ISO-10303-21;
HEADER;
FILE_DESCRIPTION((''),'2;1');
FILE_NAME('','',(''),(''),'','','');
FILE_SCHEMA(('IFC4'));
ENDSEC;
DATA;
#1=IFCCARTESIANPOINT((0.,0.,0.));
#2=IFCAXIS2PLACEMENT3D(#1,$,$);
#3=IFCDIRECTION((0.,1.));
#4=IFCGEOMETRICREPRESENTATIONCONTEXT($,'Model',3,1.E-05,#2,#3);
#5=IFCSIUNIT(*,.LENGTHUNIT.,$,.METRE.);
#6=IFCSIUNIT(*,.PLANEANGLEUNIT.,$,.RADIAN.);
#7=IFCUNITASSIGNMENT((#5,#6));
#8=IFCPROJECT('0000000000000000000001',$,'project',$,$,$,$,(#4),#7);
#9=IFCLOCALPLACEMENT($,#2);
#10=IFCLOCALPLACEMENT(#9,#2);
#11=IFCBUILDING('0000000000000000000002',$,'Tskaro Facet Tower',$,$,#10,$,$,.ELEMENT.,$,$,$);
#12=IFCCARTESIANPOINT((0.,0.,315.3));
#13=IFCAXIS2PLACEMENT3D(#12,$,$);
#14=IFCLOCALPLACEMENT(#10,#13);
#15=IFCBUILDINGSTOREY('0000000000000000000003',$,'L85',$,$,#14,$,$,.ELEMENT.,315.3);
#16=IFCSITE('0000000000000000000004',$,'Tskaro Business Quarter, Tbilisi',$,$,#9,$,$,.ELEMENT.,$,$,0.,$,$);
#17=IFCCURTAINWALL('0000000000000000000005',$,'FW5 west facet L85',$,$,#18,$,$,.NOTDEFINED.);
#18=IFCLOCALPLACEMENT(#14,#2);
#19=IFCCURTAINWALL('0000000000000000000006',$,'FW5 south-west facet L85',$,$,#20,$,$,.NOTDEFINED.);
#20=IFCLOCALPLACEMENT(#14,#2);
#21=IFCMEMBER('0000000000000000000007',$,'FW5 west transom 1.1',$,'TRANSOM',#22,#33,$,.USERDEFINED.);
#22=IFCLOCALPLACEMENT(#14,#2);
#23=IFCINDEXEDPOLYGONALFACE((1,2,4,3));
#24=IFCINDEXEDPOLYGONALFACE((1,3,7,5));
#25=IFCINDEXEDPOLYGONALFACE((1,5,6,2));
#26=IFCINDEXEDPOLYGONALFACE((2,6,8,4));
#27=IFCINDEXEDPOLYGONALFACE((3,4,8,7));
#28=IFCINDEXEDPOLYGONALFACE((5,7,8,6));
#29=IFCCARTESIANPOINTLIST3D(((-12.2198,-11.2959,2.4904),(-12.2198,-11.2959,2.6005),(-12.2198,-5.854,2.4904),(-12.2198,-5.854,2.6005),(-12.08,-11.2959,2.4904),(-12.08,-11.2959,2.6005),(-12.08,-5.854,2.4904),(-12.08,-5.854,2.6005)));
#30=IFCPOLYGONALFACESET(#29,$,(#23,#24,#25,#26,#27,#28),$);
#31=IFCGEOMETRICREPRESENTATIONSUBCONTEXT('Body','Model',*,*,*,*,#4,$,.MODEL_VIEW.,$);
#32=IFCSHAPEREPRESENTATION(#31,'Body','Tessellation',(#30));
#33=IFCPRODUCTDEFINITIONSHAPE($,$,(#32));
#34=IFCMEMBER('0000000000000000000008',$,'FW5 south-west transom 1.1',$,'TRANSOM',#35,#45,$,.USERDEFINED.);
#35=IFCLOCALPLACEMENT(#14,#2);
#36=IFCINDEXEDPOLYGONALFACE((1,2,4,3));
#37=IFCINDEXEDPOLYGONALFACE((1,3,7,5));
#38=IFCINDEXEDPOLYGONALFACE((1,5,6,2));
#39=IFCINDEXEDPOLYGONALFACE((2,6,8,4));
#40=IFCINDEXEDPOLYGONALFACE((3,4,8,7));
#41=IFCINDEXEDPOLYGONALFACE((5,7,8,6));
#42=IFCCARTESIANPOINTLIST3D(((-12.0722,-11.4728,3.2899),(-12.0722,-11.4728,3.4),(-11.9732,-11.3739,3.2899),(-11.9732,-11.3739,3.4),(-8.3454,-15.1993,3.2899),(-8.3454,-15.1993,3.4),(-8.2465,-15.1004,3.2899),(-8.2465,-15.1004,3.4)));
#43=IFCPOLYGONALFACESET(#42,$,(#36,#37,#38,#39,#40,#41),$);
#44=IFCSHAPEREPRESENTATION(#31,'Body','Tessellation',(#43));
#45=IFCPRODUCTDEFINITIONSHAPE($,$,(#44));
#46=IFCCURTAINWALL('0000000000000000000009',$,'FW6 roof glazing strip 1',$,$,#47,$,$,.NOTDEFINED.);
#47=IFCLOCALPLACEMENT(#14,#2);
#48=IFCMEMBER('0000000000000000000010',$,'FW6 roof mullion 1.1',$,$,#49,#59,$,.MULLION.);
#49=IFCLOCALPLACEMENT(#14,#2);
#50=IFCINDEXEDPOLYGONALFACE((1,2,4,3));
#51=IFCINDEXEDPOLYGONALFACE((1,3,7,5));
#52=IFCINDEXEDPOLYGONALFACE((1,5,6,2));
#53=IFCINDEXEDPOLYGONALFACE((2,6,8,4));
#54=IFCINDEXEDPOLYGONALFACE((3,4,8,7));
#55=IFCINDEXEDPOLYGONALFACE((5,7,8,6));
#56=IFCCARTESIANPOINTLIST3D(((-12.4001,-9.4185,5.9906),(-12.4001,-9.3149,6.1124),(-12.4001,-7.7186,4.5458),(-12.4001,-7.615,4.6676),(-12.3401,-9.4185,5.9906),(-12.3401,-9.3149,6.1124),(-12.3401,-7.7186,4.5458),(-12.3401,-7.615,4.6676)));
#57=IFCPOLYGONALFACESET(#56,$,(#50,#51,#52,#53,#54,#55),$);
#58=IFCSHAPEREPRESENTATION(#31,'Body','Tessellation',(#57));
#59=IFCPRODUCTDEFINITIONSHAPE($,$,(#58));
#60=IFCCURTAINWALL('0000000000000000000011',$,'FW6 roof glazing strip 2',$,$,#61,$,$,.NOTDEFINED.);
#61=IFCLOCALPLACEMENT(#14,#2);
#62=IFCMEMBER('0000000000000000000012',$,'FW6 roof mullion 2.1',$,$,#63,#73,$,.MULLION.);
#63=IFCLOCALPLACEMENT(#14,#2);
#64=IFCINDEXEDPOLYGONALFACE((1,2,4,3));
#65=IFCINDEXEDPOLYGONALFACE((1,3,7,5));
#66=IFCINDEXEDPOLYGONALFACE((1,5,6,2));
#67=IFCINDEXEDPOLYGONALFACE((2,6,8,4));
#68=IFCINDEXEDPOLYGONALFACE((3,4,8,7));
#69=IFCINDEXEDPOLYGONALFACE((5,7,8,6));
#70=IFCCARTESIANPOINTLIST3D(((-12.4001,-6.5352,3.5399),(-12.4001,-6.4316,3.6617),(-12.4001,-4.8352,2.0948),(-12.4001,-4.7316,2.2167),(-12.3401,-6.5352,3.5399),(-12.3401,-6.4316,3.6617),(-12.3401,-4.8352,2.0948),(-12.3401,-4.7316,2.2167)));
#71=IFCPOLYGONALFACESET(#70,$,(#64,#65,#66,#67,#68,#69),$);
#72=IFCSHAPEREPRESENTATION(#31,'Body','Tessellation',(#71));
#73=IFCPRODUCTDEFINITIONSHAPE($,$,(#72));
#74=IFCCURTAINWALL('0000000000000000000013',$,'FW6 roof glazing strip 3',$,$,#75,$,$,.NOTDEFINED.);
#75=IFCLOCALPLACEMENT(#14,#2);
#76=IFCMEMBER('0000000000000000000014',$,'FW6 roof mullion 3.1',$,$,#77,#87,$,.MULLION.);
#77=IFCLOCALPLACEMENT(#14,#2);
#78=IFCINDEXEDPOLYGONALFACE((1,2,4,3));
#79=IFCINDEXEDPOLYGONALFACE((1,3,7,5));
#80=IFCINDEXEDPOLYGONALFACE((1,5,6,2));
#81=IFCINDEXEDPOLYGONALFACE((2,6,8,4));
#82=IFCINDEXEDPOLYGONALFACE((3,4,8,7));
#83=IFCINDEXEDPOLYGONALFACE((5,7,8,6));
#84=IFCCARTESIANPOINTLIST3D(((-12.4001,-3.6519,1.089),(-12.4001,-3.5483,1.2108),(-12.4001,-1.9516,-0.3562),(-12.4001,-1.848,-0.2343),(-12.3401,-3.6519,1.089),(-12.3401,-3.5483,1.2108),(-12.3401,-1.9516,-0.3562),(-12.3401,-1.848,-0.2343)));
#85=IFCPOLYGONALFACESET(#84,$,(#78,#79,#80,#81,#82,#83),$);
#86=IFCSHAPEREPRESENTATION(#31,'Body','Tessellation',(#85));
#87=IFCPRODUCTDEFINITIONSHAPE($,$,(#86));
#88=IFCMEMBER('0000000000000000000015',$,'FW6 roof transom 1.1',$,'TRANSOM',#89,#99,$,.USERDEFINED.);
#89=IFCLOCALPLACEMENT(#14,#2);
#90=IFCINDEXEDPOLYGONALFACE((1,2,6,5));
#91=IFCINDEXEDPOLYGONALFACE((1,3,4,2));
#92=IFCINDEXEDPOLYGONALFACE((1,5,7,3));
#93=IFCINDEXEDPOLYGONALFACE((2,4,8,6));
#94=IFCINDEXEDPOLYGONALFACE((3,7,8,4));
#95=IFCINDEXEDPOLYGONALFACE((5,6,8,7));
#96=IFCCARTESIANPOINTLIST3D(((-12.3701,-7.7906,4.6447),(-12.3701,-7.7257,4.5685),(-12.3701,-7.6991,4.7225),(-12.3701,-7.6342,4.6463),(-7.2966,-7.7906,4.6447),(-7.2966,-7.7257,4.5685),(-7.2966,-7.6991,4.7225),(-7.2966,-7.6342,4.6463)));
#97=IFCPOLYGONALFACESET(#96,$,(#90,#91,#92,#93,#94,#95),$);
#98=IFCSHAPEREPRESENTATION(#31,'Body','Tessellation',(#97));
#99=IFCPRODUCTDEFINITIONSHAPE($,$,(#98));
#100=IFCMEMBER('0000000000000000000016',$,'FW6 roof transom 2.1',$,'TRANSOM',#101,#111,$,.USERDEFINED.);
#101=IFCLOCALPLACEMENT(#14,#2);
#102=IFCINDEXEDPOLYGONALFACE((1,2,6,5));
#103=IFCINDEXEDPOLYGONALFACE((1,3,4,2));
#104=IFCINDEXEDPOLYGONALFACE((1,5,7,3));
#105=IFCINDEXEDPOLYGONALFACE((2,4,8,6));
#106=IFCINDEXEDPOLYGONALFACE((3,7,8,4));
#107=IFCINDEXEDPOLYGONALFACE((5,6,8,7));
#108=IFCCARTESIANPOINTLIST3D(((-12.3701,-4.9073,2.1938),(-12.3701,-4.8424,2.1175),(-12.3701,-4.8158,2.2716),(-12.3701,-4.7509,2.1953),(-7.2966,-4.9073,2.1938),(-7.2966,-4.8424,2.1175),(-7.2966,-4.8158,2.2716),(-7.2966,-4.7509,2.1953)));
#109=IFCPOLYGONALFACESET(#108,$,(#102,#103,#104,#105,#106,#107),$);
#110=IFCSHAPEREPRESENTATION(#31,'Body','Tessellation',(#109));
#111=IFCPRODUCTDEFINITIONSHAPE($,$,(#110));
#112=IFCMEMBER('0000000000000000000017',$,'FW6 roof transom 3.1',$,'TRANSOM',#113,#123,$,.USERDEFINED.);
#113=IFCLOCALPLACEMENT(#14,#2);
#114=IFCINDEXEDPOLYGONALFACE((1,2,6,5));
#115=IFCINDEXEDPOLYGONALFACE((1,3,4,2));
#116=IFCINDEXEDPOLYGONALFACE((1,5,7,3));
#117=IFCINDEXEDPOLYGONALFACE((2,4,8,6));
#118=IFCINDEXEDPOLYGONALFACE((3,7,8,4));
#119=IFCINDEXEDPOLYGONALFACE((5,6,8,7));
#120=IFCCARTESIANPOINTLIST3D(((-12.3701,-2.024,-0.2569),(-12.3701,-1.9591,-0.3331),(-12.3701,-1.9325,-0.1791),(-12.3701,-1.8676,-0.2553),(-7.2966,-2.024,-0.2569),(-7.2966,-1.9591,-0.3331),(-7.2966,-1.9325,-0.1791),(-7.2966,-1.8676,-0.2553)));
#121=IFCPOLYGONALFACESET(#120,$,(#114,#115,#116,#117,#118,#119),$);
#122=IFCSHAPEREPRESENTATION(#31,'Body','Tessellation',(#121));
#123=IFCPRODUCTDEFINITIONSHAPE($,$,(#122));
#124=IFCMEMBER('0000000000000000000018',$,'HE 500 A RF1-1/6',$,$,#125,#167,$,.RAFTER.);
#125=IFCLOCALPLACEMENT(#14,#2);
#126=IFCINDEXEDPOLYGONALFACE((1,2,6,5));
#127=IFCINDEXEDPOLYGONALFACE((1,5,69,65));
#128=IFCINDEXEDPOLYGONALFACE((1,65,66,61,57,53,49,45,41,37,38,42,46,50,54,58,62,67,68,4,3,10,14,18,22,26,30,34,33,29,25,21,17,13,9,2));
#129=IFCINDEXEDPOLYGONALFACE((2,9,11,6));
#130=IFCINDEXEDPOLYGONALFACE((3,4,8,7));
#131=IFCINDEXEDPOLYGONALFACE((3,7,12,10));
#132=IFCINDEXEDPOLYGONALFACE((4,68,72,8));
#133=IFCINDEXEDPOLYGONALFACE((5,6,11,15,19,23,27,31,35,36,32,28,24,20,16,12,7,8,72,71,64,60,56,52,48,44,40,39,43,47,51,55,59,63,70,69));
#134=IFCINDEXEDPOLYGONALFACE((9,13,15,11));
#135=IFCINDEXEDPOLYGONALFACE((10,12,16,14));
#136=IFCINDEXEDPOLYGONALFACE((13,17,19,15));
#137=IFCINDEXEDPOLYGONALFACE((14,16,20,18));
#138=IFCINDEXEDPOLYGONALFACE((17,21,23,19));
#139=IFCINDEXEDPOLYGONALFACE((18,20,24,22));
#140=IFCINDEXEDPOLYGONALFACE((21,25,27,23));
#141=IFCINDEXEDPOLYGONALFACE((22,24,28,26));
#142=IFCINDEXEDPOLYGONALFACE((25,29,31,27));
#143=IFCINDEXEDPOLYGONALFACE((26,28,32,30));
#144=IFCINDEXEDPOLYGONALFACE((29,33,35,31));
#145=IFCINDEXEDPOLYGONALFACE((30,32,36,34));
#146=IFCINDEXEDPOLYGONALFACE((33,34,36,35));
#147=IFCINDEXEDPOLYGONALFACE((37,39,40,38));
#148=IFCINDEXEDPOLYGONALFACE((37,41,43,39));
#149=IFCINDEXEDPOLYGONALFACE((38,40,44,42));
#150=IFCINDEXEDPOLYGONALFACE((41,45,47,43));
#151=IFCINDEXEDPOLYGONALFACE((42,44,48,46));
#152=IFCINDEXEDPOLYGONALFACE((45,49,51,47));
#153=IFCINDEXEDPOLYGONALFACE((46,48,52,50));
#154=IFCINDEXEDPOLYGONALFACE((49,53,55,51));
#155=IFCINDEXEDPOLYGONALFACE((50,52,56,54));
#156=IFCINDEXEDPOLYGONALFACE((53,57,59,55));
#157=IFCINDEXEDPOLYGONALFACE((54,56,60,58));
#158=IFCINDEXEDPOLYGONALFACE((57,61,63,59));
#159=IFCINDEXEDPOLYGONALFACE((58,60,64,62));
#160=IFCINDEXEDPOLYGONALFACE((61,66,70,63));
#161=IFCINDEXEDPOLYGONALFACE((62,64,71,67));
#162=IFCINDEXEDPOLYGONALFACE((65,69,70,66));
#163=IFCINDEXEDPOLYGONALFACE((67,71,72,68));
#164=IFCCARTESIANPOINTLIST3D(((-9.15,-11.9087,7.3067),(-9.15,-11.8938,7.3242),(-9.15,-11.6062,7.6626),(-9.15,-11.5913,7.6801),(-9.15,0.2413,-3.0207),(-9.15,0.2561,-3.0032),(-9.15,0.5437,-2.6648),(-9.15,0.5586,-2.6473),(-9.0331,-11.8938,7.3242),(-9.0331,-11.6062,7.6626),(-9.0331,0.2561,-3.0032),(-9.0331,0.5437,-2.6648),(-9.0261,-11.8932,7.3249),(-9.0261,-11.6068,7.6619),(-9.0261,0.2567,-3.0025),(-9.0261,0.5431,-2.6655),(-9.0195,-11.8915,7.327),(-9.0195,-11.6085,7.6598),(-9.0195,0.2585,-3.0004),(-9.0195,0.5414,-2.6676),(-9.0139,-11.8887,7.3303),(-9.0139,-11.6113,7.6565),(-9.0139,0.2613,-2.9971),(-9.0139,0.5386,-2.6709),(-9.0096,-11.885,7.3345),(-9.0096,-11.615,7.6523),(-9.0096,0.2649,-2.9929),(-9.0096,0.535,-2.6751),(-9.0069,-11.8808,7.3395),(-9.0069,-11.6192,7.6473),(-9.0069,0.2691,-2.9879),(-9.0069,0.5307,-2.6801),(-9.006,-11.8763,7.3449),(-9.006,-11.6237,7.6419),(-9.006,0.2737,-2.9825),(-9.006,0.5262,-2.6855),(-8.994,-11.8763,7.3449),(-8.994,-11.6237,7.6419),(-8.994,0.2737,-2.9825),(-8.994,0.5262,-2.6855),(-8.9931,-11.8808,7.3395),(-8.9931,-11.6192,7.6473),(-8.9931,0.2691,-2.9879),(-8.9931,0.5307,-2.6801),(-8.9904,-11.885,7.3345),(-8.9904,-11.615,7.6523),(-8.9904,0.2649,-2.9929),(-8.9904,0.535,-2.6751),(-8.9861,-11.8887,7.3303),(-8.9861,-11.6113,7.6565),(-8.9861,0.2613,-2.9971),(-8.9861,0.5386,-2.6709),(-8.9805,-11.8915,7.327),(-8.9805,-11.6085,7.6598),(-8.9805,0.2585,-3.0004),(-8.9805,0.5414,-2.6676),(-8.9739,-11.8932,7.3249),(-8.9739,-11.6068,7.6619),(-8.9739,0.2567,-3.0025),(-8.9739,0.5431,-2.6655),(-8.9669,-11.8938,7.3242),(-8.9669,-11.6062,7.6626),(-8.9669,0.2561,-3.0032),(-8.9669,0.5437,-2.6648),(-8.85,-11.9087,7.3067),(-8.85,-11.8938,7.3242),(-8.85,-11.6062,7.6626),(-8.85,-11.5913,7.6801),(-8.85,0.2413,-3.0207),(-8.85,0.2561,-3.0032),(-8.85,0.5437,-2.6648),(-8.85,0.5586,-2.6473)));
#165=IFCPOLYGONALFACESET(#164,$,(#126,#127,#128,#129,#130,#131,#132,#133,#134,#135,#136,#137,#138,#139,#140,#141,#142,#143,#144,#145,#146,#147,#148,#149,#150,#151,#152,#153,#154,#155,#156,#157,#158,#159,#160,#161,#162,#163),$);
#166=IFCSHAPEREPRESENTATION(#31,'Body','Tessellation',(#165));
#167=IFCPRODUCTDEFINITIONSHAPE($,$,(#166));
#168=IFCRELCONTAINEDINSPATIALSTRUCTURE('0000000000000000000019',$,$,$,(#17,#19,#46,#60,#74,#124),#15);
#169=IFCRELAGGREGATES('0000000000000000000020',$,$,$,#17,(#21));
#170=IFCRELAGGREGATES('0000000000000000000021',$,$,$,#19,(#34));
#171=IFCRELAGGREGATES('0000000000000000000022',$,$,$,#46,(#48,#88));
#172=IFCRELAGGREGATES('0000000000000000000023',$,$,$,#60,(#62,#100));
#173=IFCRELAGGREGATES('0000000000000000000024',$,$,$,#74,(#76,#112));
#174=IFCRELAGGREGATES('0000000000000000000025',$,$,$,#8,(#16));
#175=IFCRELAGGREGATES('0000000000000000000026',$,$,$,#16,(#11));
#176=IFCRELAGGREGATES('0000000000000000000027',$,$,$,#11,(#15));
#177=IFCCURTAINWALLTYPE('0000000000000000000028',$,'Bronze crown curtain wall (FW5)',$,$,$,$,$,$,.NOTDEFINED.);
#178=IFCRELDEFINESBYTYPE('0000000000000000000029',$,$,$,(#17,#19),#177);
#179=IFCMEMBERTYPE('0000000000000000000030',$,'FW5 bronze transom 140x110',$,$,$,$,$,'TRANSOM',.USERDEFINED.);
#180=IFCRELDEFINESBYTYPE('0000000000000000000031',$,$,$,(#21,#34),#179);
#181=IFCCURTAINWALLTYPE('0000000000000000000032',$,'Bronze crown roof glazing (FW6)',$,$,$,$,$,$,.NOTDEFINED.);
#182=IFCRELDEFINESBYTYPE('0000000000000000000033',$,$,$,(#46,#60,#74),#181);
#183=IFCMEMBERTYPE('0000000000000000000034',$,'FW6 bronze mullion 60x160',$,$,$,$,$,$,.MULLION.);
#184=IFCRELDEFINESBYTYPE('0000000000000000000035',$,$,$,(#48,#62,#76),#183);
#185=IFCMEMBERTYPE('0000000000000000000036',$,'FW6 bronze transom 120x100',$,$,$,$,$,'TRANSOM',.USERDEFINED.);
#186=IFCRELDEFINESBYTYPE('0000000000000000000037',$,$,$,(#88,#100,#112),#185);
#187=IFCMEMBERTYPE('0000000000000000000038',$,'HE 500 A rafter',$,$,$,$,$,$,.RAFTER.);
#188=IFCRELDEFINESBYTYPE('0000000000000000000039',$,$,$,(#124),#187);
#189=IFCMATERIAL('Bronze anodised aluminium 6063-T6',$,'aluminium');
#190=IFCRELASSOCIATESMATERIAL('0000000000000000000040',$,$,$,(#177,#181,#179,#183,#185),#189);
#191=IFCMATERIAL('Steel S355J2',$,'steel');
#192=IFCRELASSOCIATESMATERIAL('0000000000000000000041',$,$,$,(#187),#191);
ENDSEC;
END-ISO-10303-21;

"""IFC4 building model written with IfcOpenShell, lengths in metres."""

from ifc_helpers import new_model, si_unit, direction, frame, origin, origin_2d, place, context, subcontext, project, spatial, rectangle, i_section, extrude, material, material_profile, profile_set, type_object, element, aggregate, save


model = new_model("IFC4")

# Units and contexts
model_context = context("Model", 3, precision=1e-05, world=origin(), true_north=direction((0.0, 1.0)))
body_context = subcontext(model_context, "Body", "Model", "MODEL_VIEW")
ifc_project = project(units=[si_unit("LENGTHUNIT", "METRE"), si_unit("PLANEANGLEUNIT", "RADIAN")], contexts=[model_context])

# Site, building, storey
site_placement = place(None, origin())
site = spatial("IfcSite", under=ifc_project, at=site_placement, Name="Tskaro Business Quarter, Tbilisi", CompositionType="ELEMENT", RefElevation=0.0)
building_placement = place(site_placement, origin())
building = spatial("IfcBuilding", under=site, at=building_placement, Name="Tskaro Facet Tower", CompositionType="ELEMENT")
storey_placement = place(building_placement, frame((0.0, 0.0, 315.3)))
storey = spatial("IfcBuildingStorey", under=building, at=storey_placement, Name="L85", CompositionType="ELEMENT", Elevation=315.3)

# Curtain walls
ifc_material_1 = material(Name="Bronze anodised aluminium 6063-T6", Category="aluminium")
curtain_wall_type_1 = type_object("IfcCurtainWallType", Name="Bronze crown curtain wall (FW5)", PredefinedType="NOTDEFINED", material=ifc_material_1)
curtain_wall_1_placement = place(storey_placement, origin())
curtain_wall_1 = element("IfcCurtainWall", 1, at=curtain_wall_1_placement, inside=storey, type_object=curtain_wall_type_1, Name="FW5 west facet L85", PredefinedType="NOTDEFINED")
curtain_wall_2_placement = place(storey_placement, origin())
curtain_wall_2 = element("IfcCurtainWall", 2, at=curtain_wall_2_placement, inside=storey, type_object=curtain_wall_type_1, Name="FW5 south-west facet L85", PredefinedType="NOTDEFINED")

# Members
ifc_material_profile_1 = material_profile(ifc_material_1, rectangle(XDim=0.1399, YDim=0.1101, at=origin_2d()), Name="Transom 140x110")
ifc_profile_set_1 = profile_set([ifc_material_profile_1], Name="Bronze anodised aluminium 6063-T6")
member_type_1 = type_object("IfcMemberType", Name="FW5 bronze transom 140x110", ElementType="TRANSOM", PredefinedType="USERDEFINED", material=ifc_profile_set_1)
member_1_placement = place(storey_placement, frame((-12.1499, -5.854, 2.5454), z_axis=(0.0, -1.0, 0.0), x_axis=(1.0, 0.0, 0.0)))
member_1 = element("IfcMember", 3, at=member_1_placement, type_object=member_type_1, Name="FW5 west transom 1.1", ObjectType="TRANSOM", PredefinedType="USERDEFINED", context=body_context, shape_type="SweptSolid", body=[
    extrude(rectangle(XDim=0.1399, YDim=0.1101, at=origin_2d()), origin(), (0.0, 0.0, 1.0), 5.4419),
])
member_2_placement = place(storey_placement, frame((-12.0227, -11.4233, 3.345), z_axis=(0.70713, -0.707084, 0.0), x_axis=(0.707084, 0.70713, 0.0)))
member_2 = element("IfcMember", 4, at=member_2_placement, type_object=member_type_1, Name="FW5 south-west transom 1.1", ObjectType="TRANSOM", PredefinedType="USERDEFINED", context=body_context, shape_type="SweptSolid", body=[
    extrude(rectangle(XDim=0.1399, YDim=0.1101, at=origin_2d()), origin(), (0.0, 0.0, 1.0), 5.2703),
])

# Curtain walls, members
curtain_wall_type_2 = type_object("IfcCurtainWallType", Name="Bronze crown roof glazing (FW6)", PredefinedType="NOTDEFINED", material=ifc_material_1)
curtain_wall_3_placement = place(storey_placement, origin())
curtain_wall_3 = element("IfcCurtainWall", 5, at=curtain_wall_3_placement, inside=storey, type_object=curtain_wall_type_2, Name="FW6 roof glazing strip 1", PredefinedType="NOTDEFINED")
ifc_material_profile_2 = material_profile(ifc_material_1, rectangle(XDim=0.0601, YDim=0.1599, at=origin_2d()), Name="Mullion 60x160")
ifc_profile_set_2 = profile_set([ifc_material_profile_2], Name="Bronze anodised aluminium 6063-T6")
member_type_2 = type_object("IfcMemberType", Name="FW6 bronze mullion 60x160", PredefinedType="MULLION", material=ifc_profile_set_2)
member_3_placement = place(storey_placement, frame((-12.3701, -9.3667, 6.0515), z_axis=(0.0, 0.761969, -0.647613), x_axis=(-1.0, 0.0, 0.0)))
member_3 = element("IfcMember", 6, at=member_3_placement, type_object=member_type_2, Name="FW6 roof mullion 1.1", PredefinedType="MULLION", context=body_context, shape_type="SweptSolid", body=[
    extrude(rectangle(XDim=0.0601, YDim=0.1599, at=origin_2d()), origin(), (0.0, 0.0, 1.0), 2.231),
])
curtain_wall_4_placement = place(storey_placement, origin())
curtain_wall_4 = element("IfcCurtainWall", 7, at=curtain_wall_4_placement, inside=storey, type_object=curtain_wall_type_2, Name="FW6 roof glazing strip 2", PredefinedType="NOTDEFINED")
member_4_placement = place(storey_placement, frame((-12.3701, -6.4834, 3.6008), z_axis=(0.0, 0.761915, -0.647677), x_axis=(-1.0, 0.0, 0.0)))
member_4 = element("IfcMember", 8, at=member_4_placement, type_object=member_type_2, Name="FW6 roof mullion 2.1", PredefinedType="MULLION", context=body_context, shape_type="SweptSolid", body=[
    extrude(rectangle(XDim=0.0601, YDim=0.1599, at=origin_2d()), origin(), (0.0, 0.0, 1.0), 2.2312),
])
curtain_wall_5_placement = place(storey_placement, origin())
curtain_wall_5 = element("IfcCurtainWall", 9, at=curtain_wall_5_placement, inside=storey, type_object=curtain_wall_type_2, Name="FW6 roof glazing strip 3", PredefinedType="NOTDEFINED")
member_5_placement = place(storey_placement, frame((-12.3701, -3.6001, 1.1499), z_axis=(0.0, 0.761961, -0.647623), x_axis=(-1.0, 0.0, 0.0)))
member_5 = element("IfcMember", 10, at=member_5_placement, type_object=member_type_2, Name="FW6 roof mullion 3.1", PredefinedType="MULLION", context=body_context, shape_type="SweptSolid", body=[
    extrude(rectangle(XDim=0.0601, YDim=0.1599, at=origin_2d()), origin(), (0.0, 0.0, 1.0), 2.2314),
])

# Members
ifc_material_profile_3 = material_profile(ifc_material_1, rectangle(XDim=0.1201, YDim=0.1001, at=origin_2d()), Name="Transom 120x100")
ifc_profile_set_3 = profile_set([ifc_material_profile_3], Name="Bronze anodised aluminium 6063-T6")
member_type_3 = type_object("IfcMemberType", Name="FW6 bronze transom 120x100", ElementType="TRANSOM", PredefinedType="USERDEFINED", material=ifc_profile_set_3)
member_6_placement = place(storey_placement, frame((-12.3701, -7.7124, 4.6455), z_axis=(1.0, 0.0, 0.0), x_axis=(0.0, 0.761939, 0.647648)))
member_6 = element("IfcMember", 11, at=member_6_placement, type_object=member_type_3, Name="FW6 roof transom 1.1", ObjectType="TRANSOM", PredefinedType="USERDEFINED", context=body_context, shape_type="SweptSolid", body=[
    extrude(rectangle(XDim=0.1201, YDim=0.1001, at=origin_2d()), origin(), (0.0, 0.0, 1.0), 5.0735),
])
member_7_placement = place(storey_placement, frame((-12.3701, -4.8291, 2.1946), z_axis=(1.0, 0.0, 0.0), x_axis=(0.0, 0.761939, 0.647648)))
member_7 = element("IfcMember", 12, at=member_7_placement, type_object=member_type_3, Name="FW6 roof transom 2.1", ObjectType="TRANSOM", PredefinedType="USERDEFINED", context=body_context, shape_type="SweptSolid", body=[
    extrude(rectangle(XDim=0.1201, YDim=0.1001, at=origin_2d()), origin(), (0.0, 0.0, 1.0), 5.0735),
])
member_8_placement = place(storey_placement, frame((-12.3701, -1.9458, -0.2561), z_axis=(1.0, 0.0, 0.0), x_axis=(0.0, 0.761939, 0.647648)))
member_8 = element("IfcMember", 13, at=member_8_placement, type_object=member_type_3, Name="FW6 roof transom 3.1", ObjectType="TRANSOM", PredefinedType="USERDEFINED", context=body_context, shape_type="SweptSolid", body=[
    extrude(rectangle(XDim=0.1201, YDim=0.1001, at=origin_2d()), origin(), (0.0, 0.0, 1.0), 5.0735),
])
ifc_material_2 = material(Name="Steel S355J2", Category="steel")
ifc_material_profile_4 = material_profile(ifc_material_2, i_section(OverallWidth=0.3, OverallDepth=0.49, WebThickness=0.012, FlangeThickness=0.0229, FilletRadius=0.0271, at=origin_2d()), Name="HE 500 A")
ifc_profile_set_4 = profile_set([ifc_material_profile_4], Name="Steel S355J2")
member_type_4 = type_object("IfcMemberType", Name="HE 500 A rafter", PredefinedType="RAFTER", material=ifc_profile_set_4)
member_9_placement = place(storey_placement, frame((-9.0, -11.75, 7.4934), z_axis=(0.0, 0.76194, -0.647648), x_axis=(-1.0, 0.0, 0.0)))
element("IfcMember", 14, at=member_9_placement, inside=storey, type_object=member_type_4, Name="HE 500 A RF1-1/6", PredefinedType="RAFTER", context=body_context, shape_type="SweptSolid", body=[
    extrude(i_section(OverallWidth=0.3, OverallDepth=0.49, WebThickness=0.012, FlangeThickness=0.0229, FilletRadius=0.0271, at=origin_2d()), origin(), (0.0, 0.0, 1.0), 15.946),
])

aggregate(curtain_wall_1, [member_1])
aggregate(curtain_wall_2, [member_2])
aggregate(curtain_wall_3, [member_3, member_6])
aggregate(curtain_wall_4, [member_4, member_7])
aggregate(curtain_wall_5, [member_5, member_8])

save(model, "model.ifc")
